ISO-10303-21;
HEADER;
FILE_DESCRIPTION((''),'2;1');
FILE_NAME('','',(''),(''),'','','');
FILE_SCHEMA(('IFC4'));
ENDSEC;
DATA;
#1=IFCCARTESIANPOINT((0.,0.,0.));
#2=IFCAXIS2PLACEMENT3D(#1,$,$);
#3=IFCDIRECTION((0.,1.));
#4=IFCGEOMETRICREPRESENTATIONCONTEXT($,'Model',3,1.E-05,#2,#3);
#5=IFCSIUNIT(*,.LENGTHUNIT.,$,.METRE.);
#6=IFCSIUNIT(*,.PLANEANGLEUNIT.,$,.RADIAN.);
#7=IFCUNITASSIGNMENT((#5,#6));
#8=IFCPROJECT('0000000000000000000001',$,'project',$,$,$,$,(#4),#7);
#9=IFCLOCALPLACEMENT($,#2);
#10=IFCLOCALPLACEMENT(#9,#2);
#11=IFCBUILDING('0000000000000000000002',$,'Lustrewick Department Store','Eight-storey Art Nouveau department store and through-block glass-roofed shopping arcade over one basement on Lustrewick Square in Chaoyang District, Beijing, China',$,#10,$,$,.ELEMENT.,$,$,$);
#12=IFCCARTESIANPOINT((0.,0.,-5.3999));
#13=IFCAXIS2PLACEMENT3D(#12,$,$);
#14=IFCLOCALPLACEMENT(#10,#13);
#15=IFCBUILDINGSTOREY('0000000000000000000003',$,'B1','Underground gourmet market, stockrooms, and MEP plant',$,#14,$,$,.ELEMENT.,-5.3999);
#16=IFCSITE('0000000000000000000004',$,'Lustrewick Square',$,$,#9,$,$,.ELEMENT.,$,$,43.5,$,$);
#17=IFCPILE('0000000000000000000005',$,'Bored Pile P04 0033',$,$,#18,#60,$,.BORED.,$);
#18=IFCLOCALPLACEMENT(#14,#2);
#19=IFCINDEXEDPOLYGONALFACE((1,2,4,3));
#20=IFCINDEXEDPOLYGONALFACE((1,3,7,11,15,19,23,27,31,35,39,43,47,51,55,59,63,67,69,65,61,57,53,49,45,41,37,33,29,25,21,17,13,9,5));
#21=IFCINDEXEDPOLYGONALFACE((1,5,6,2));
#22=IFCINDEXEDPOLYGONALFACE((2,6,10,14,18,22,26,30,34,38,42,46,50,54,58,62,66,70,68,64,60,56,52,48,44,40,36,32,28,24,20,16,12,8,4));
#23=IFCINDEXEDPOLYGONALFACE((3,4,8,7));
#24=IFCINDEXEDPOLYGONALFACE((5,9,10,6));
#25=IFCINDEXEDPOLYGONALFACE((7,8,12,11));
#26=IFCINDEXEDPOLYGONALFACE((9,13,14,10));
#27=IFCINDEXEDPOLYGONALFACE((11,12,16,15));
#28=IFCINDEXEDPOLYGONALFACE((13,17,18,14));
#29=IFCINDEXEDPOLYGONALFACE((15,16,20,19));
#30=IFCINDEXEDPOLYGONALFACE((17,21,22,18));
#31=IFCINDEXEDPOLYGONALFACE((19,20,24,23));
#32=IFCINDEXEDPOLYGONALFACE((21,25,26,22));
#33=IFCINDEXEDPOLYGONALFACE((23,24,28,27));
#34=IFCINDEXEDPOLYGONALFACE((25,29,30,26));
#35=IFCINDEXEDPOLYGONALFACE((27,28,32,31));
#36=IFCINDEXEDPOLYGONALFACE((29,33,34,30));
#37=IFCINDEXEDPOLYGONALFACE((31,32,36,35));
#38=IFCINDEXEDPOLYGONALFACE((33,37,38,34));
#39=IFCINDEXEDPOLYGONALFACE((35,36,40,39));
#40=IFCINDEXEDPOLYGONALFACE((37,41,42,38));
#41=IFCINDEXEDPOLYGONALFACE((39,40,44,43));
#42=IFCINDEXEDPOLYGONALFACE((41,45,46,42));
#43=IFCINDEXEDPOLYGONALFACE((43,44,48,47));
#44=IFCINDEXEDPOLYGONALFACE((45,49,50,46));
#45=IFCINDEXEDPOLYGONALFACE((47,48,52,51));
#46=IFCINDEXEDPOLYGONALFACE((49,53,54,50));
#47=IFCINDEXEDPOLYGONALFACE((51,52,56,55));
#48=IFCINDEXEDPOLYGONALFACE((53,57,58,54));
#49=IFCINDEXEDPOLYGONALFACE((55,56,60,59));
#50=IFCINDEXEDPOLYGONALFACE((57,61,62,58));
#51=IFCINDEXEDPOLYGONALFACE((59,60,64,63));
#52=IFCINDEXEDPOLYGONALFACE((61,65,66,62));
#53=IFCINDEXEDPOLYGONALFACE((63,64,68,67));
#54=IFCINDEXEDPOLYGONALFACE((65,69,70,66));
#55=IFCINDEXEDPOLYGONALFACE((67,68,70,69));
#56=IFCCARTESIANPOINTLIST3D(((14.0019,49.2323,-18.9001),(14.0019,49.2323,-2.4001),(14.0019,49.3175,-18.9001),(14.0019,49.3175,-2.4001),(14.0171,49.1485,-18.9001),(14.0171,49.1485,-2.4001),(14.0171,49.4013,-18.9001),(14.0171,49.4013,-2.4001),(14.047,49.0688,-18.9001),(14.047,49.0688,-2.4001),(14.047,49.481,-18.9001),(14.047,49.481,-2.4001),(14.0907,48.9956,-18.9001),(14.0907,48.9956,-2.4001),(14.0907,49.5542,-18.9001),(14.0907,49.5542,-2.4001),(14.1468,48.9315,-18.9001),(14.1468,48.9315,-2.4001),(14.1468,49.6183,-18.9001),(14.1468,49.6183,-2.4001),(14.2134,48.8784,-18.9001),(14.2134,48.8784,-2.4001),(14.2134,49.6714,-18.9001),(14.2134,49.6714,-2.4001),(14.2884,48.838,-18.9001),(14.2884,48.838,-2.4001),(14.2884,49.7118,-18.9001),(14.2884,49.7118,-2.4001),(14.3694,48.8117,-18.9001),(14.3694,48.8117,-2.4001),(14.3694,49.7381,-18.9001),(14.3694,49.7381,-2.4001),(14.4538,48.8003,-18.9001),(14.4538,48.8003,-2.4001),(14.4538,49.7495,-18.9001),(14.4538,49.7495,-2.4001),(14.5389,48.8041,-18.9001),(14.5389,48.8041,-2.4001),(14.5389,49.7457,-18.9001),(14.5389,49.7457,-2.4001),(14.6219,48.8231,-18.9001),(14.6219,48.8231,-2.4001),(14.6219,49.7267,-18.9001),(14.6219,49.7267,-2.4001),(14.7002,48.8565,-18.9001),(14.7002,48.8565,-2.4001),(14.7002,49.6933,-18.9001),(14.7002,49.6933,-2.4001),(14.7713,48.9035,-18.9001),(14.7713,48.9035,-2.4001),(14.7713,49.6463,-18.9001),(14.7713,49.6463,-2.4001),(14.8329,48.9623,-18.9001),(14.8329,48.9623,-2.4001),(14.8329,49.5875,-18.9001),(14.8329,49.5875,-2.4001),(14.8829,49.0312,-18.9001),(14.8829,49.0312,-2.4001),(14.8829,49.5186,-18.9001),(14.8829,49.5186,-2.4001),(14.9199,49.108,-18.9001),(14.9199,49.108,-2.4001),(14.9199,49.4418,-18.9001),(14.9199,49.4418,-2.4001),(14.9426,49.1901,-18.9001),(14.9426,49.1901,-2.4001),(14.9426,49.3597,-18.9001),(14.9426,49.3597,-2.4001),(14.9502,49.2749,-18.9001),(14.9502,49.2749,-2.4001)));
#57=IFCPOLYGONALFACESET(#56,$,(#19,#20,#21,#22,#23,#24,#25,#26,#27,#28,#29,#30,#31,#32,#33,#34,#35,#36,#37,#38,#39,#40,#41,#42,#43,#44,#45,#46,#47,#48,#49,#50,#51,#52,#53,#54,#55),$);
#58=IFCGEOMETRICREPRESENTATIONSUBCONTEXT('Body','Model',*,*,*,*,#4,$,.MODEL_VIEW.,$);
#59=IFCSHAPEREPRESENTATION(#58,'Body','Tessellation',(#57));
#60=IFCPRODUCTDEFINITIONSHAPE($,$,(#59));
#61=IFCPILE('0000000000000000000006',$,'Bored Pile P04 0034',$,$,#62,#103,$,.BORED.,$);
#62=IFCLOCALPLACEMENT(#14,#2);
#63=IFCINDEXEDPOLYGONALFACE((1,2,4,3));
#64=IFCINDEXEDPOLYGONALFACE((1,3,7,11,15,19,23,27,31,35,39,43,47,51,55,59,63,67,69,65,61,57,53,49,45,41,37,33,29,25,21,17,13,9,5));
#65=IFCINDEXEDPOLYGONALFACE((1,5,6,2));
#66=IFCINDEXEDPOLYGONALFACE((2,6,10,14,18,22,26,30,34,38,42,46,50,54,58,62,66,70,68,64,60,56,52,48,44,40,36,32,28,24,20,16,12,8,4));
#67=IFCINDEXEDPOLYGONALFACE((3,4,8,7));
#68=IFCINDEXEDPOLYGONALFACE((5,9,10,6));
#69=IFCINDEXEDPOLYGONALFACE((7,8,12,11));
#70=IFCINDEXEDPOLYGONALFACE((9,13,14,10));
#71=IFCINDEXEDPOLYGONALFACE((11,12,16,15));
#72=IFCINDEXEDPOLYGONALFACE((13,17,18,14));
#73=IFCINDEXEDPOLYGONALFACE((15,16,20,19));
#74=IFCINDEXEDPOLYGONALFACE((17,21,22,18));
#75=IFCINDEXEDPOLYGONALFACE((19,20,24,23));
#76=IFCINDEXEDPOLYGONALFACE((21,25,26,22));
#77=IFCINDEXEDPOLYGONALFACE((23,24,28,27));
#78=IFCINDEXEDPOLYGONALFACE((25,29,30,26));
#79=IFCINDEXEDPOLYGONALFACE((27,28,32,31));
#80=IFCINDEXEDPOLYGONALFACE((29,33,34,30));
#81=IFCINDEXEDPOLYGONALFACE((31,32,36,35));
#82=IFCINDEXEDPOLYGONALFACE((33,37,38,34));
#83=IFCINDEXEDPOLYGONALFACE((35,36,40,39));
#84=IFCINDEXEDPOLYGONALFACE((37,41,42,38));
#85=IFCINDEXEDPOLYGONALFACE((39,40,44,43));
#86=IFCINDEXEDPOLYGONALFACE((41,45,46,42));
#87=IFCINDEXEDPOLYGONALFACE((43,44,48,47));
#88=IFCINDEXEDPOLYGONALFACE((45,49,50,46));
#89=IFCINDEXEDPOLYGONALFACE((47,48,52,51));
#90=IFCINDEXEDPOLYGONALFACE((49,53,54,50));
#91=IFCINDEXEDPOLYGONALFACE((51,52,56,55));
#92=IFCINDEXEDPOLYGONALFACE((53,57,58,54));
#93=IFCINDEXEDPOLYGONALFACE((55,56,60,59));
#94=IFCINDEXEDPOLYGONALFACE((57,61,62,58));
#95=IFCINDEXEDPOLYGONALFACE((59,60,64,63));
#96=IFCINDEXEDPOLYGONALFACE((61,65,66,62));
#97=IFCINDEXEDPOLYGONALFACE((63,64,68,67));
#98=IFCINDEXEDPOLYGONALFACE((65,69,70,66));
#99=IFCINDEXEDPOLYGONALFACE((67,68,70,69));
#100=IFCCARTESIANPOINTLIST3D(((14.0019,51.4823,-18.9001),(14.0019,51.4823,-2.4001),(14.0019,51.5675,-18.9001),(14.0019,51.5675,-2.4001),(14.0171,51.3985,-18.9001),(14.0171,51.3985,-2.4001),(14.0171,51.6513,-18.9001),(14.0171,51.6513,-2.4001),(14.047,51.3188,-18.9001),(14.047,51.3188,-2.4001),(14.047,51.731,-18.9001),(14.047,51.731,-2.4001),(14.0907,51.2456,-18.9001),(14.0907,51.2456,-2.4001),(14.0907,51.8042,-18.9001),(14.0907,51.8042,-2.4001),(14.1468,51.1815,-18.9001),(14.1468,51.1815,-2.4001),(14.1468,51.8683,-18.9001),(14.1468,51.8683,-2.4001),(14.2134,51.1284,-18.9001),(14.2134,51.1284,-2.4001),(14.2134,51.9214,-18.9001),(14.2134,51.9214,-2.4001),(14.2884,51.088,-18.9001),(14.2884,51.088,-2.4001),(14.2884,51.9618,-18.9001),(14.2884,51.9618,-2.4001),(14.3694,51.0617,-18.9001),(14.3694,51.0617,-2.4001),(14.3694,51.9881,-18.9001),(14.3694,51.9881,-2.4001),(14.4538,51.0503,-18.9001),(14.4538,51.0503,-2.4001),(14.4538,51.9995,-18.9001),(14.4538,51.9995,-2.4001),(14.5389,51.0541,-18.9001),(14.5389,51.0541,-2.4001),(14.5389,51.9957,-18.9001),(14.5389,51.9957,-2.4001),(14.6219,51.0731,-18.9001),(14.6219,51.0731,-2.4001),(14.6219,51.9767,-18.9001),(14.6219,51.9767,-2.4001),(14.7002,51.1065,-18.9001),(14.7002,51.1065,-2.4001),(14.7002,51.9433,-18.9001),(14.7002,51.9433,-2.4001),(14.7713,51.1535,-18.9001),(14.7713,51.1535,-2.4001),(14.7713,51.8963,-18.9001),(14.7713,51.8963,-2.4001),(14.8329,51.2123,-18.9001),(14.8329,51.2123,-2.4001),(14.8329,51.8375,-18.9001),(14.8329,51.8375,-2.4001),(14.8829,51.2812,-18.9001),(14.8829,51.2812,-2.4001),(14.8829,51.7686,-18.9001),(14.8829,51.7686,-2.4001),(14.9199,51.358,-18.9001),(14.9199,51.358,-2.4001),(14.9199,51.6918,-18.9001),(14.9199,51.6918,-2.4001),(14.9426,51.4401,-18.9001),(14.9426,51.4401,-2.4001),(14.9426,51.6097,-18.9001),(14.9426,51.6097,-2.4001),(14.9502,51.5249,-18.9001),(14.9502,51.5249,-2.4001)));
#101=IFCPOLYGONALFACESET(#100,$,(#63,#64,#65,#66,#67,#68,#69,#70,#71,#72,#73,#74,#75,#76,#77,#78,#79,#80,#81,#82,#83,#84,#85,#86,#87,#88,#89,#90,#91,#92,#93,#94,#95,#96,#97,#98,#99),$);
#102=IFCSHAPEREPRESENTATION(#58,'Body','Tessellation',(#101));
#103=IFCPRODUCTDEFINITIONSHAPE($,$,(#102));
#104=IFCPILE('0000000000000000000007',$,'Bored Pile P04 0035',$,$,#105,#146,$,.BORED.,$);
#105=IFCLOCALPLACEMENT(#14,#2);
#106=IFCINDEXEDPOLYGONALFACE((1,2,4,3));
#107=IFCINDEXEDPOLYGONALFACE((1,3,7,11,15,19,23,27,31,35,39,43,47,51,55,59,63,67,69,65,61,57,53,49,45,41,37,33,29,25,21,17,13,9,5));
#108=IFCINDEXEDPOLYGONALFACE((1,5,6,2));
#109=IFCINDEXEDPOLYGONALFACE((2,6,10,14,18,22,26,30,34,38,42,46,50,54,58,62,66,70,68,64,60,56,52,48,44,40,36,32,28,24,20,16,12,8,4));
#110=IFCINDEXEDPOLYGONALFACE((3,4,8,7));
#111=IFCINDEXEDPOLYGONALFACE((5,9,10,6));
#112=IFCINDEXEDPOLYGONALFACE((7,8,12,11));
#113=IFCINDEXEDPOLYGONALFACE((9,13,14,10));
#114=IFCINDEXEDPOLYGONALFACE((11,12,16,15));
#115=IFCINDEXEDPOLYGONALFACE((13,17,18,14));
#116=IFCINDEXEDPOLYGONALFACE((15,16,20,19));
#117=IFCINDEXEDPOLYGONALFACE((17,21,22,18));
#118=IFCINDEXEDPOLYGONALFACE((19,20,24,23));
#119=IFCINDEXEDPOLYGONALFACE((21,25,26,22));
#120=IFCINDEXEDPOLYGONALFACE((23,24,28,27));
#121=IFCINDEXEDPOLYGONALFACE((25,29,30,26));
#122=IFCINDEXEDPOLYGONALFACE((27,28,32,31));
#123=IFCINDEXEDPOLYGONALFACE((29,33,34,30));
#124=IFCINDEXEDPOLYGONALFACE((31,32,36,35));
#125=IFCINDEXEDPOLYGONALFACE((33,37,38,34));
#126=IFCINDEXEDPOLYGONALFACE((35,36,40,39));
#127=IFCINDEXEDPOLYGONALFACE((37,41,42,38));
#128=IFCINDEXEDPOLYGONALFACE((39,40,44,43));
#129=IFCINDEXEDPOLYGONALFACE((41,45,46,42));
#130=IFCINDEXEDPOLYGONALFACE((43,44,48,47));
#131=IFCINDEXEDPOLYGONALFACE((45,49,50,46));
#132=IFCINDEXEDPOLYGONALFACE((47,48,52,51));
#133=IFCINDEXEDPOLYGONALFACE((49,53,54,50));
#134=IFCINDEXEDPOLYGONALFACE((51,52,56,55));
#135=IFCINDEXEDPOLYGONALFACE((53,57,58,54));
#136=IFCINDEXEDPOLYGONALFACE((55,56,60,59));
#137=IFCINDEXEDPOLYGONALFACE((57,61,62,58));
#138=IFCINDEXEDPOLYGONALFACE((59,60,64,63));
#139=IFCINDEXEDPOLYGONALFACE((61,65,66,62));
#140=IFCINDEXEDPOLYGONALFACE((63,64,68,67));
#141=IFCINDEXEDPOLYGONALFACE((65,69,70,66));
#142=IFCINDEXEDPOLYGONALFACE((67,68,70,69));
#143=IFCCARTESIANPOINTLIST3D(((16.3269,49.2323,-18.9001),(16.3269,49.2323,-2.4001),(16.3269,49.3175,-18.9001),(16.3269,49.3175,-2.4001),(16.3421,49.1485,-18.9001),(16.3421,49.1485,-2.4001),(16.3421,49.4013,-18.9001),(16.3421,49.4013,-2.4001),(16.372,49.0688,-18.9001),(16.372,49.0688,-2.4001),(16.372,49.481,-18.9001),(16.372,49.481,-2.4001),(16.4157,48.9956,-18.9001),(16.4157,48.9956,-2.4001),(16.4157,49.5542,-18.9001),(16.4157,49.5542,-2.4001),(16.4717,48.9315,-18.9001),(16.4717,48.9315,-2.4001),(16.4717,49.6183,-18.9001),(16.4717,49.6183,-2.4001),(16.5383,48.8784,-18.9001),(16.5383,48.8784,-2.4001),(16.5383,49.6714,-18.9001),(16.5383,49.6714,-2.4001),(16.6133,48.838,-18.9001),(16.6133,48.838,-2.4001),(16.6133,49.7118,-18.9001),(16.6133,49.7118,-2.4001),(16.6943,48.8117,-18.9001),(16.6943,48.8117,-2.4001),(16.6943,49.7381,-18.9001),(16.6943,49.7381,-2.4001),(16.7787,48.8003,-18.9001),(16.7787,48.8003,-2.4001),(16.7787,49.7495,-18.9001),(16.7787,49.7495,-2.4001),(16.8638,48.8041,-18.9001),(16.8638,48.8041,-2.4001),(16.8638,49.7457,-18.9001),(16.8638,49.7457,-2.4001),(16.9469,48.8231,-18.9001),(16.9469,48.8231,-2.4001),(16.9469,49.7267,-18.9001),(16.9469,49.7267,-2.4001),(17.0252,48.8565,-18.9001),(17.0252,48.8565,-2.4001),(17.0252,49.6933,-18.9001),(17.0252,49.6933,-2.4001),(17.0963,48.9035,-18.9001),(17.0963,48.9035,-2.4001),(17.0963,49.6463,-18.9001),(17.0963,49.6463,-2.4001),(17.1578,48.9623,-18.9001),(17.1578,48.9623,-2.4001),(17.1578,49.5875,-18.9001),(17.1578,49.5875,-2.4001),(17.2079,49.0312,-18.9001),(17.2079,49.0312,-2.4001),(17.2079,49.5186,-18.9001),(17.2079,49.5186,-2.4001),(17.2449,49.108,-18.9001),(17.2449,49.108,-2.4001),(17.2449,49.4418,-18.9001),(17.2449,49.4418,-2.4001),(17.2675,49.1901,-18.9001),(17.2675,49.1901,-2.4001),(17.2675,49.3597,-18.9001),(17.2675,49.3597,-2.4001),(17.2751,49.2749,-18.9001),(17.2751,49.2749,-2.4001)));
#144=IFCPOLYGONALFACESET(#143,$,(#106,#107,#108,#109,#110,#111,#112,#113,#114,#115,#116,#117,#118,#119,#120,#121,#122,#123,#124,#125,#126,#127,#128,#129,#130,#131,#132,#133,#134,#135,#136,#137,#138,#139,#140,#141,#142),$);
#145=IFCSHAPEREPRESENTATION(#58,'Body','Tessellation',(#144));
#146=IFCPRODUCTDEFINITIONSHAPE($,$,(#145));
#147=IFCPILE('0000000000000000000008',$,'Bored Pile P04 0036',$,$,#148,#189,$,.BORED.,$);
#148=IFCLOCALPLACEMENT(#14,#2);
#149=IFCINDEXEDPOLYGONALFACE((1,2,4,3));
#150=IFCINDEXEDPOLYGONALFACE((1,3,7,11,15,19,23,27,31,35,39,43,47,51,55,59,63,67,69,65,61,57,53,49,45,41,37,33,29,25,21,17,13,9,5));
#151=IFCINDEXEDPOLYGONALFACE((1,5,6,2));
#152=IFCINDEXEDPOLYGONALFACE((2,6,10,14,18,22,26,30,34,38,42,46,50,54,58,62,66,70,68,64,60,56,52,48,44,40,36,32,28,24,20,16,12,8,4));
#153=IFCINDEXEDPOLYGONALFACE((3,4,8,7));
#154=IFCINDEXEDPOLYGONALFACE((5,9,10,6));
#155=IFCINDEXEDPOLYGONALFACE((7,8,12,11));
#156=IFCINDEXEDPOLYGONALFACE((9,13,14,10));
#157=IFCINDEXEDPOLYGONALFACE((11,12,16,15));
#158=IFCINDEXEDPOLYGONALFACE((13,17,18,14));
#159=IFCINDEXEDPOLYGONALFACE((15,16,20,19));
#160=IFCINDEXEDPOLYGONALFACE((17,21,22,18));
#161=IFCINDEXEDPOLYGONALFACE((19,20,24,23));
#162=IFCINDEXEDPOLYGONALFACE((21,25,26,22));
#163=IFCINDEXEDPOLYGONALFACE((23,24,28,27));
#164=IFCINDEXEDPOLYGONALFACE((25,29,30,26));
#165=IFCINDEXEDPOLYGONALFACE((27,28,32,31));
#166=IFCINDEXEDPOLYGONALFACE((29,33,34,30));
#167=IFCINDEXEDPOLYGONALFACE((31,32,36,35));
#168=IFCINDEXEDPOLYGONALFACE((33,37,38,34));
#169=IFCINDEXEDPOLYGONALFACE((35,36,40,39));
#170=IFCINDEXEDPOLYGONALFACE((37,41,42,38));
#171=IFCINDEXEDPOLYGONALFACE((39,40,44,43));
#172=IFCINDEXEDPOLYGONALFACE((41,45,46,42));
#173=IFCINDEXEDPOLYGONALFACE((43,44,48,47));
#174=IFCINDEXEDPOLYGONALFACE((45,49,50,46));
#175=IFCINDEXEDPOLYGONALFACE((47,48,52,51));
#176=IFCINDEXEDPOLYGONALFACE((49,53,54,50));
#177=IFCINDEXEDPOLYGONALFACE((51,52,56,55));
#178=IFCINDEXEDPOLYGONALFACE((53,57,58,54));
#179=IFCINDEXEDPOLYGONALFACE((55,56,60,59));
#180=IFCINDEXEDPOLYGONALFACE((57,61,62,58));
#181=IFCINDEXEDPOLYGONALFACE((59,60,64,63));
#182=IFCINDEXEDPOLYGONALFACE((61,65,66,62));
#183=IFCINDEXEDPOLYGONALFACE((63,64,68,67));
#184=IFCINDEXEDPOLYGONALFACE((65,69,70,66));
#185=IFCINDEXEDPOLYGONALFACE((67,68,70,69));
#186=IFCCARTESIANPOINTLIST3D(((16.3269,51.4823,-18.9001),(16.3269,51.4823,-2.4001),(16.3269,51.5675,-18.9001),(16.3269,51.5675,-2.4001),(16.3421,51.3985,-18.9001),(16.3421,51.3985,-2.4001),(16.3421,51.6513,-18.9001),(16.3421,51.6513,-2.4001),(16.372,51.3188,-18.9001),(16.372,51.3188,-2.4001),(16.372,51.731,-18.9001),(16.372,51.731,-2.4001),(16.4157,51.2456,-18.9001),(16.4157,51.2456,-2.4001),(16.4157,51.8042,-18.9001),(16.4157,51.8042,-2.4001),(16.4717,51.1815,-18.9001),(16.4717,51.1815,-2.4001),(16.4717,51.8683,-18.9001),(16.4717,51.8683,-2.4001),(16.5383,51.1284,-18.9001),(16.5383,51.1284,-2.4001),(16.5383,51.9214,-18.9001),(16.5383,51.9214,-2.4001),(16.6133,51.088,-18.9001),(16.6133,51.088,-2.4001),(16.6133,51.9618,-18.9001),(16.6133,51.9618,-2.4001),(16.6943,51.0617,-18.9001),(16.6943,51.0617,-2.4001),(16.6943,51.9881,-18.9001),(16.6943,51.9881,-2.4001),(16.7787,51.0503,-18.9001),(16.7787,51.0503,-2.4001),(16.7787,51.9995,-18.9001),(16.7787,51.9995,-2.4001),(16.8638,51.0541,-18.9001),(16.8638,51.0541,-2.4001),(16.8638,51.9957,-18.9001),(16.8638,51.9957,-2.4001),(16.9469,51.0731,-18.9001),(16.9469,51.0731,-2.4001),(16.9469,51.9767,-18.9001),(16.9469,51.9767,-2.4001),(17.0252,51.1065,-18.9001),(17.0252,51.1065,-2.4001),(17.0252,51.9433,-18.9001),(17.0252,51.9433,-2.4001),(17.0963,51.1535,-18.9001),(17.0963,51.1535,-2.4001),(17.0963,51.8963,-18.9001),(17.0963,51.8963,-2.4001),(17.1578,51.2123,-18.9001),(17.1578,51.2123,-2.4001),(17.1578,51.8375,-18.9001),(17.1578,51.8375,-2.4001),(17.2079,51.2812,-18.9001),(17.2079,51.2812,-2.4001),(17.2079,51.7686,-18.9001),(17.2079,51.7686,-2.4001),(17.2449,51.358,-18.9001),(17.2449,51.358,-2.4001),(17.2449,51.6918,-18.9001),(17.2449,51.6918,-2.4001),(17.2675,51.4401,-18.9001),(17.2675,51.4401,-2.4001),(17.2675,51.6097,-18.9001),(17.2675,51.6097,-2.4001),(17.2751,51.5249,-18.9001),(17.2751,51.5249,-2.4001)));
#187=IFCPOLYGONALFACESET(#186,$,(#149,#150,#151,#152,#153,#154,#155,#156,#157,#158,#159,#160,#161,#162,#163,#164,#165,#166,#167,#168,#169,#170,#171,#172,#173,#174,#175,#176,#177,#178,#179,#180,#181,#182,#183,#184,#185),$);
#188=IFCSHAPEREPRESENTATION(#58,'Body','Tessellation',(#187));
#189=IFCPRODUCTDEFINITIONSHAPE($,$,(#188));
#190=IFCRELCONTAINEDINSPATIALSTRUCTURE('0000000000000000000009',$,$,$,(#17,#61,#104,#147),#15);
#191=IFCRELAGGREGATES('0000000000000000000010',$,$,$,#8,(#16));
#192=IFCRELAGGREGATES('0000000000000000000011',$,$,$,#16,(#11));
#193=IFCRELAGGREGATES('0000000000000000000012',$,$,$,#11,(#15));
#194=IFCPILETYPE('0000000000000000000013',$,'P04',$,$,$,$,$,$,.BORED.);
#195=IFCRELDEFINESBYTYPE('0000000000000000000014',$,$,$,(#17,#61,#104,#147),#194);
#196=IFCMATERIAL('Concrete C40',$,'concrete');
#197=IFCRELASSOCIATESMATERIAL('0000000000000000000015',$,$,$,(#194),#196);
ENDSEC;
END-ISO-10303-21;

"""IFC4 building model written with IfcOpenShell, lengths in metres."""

from ifc_helpers import new_model, si_unit, direction, frame, origin, origin_2d, place, context, subcontext, project, spatial, circle, extrude, material, material_profile, profile_set, type_object, element, save


model = new_model("IFC4")

# Units and contexts
model_context = context("Model", 3, precision=1e-05, world=origin(), true_north=direction((0.0, 1.0)))
body_context = subcontext(model_context, "Body", "Model", "MODEL_VIEW")
ifc_project = project(units=[si_unit("LENGTHUNIT", "METRE"), si_unit("PLANEANGLEUNIT", "RADIAN")], contexts=[model_context])

# Site, building, storey
site_placement = place(None, origin())
site = spatial("IfcSite", under=ifc_project, at=site_placement, Name="Lustrewick Square", CompositionType="ELEMENT", RefElevation=43.5)
building_placement = place(site_placement, origin())
building = spatial("IfcBuilding", under=site, at=building_placement, Name="Lustrewick Department Store", Description="Eight-storey Art Nouveau department store and through-block glass-roofed shopping arcade over one basement on Lustrewick Square in Chaoyang District, Beijing, China", CompositionType="ELEMENT")
storey_placement = place(building_placement, frame((0.0, 0.0, -5.3999)))
storey = spatial("IfcBuildingStorey", under=building, at=storey_placement, Name="B1", Description="Underground gourmet market, stockrooms, and MEP plant", CompositionType="ELEMENT", Elevation=-5.3999)

# Piles
ifc_material_1 = material(Name="Concrete C40", Category="concrete")
ifc_material_profile_1 = material_profile(ifc_material_1, circle(Radius=0.4751, at=origin_2d()), Name="PILE D950")
ifc_profile_set_1 = profile_set([ifc_material_profile_1], Name="Concrete C40")
pile_type_1 = type_object("IfcPileType", Name="P04", PredefinedType="BORED", material=ifc_profile_set_1)
for number, where, z_axis, x_axis, name in (
    (1, (14.4751, 49.2749, -2.4001), (0.0, 0.0, -1.0), (1.0, 0.0, 0.0), "Bored Pile P04 0033"),
    (2, (14.4751, 51.5249, -2.4001), (0.0, 0.0, -1.0), (1.0, 0.0, 0.0), "Bored Pile P04 0034"),
    (3, (16.8, 49.2749, -2.4001), (0.0, 0.0, -1.0), (1.0, 0.0, 0.0), "Bored Pile P04 0035"),
    (4, (16.8, 51.5249, -2.4001), (0.0, 0.0, -1.0), (1.0, 0.0, 0.0), "Bored Pile P04 0036"),
):
    element("IfcPile", number, at=place(storey_placement, frame(where, z_axis=z_axis, x_axis=x_axis)), inside=storey, type_object=pile_type_1, Name=name, PredefinedType="BORED", context=body_context, shape_type="SweptSolid", body=[
        extrude(circle(Radius=0.4751, at=origin_2d()), origin(), (0.0, 0.0, 1.0), 16.5),
    ])

save(model, "model.ifc")
